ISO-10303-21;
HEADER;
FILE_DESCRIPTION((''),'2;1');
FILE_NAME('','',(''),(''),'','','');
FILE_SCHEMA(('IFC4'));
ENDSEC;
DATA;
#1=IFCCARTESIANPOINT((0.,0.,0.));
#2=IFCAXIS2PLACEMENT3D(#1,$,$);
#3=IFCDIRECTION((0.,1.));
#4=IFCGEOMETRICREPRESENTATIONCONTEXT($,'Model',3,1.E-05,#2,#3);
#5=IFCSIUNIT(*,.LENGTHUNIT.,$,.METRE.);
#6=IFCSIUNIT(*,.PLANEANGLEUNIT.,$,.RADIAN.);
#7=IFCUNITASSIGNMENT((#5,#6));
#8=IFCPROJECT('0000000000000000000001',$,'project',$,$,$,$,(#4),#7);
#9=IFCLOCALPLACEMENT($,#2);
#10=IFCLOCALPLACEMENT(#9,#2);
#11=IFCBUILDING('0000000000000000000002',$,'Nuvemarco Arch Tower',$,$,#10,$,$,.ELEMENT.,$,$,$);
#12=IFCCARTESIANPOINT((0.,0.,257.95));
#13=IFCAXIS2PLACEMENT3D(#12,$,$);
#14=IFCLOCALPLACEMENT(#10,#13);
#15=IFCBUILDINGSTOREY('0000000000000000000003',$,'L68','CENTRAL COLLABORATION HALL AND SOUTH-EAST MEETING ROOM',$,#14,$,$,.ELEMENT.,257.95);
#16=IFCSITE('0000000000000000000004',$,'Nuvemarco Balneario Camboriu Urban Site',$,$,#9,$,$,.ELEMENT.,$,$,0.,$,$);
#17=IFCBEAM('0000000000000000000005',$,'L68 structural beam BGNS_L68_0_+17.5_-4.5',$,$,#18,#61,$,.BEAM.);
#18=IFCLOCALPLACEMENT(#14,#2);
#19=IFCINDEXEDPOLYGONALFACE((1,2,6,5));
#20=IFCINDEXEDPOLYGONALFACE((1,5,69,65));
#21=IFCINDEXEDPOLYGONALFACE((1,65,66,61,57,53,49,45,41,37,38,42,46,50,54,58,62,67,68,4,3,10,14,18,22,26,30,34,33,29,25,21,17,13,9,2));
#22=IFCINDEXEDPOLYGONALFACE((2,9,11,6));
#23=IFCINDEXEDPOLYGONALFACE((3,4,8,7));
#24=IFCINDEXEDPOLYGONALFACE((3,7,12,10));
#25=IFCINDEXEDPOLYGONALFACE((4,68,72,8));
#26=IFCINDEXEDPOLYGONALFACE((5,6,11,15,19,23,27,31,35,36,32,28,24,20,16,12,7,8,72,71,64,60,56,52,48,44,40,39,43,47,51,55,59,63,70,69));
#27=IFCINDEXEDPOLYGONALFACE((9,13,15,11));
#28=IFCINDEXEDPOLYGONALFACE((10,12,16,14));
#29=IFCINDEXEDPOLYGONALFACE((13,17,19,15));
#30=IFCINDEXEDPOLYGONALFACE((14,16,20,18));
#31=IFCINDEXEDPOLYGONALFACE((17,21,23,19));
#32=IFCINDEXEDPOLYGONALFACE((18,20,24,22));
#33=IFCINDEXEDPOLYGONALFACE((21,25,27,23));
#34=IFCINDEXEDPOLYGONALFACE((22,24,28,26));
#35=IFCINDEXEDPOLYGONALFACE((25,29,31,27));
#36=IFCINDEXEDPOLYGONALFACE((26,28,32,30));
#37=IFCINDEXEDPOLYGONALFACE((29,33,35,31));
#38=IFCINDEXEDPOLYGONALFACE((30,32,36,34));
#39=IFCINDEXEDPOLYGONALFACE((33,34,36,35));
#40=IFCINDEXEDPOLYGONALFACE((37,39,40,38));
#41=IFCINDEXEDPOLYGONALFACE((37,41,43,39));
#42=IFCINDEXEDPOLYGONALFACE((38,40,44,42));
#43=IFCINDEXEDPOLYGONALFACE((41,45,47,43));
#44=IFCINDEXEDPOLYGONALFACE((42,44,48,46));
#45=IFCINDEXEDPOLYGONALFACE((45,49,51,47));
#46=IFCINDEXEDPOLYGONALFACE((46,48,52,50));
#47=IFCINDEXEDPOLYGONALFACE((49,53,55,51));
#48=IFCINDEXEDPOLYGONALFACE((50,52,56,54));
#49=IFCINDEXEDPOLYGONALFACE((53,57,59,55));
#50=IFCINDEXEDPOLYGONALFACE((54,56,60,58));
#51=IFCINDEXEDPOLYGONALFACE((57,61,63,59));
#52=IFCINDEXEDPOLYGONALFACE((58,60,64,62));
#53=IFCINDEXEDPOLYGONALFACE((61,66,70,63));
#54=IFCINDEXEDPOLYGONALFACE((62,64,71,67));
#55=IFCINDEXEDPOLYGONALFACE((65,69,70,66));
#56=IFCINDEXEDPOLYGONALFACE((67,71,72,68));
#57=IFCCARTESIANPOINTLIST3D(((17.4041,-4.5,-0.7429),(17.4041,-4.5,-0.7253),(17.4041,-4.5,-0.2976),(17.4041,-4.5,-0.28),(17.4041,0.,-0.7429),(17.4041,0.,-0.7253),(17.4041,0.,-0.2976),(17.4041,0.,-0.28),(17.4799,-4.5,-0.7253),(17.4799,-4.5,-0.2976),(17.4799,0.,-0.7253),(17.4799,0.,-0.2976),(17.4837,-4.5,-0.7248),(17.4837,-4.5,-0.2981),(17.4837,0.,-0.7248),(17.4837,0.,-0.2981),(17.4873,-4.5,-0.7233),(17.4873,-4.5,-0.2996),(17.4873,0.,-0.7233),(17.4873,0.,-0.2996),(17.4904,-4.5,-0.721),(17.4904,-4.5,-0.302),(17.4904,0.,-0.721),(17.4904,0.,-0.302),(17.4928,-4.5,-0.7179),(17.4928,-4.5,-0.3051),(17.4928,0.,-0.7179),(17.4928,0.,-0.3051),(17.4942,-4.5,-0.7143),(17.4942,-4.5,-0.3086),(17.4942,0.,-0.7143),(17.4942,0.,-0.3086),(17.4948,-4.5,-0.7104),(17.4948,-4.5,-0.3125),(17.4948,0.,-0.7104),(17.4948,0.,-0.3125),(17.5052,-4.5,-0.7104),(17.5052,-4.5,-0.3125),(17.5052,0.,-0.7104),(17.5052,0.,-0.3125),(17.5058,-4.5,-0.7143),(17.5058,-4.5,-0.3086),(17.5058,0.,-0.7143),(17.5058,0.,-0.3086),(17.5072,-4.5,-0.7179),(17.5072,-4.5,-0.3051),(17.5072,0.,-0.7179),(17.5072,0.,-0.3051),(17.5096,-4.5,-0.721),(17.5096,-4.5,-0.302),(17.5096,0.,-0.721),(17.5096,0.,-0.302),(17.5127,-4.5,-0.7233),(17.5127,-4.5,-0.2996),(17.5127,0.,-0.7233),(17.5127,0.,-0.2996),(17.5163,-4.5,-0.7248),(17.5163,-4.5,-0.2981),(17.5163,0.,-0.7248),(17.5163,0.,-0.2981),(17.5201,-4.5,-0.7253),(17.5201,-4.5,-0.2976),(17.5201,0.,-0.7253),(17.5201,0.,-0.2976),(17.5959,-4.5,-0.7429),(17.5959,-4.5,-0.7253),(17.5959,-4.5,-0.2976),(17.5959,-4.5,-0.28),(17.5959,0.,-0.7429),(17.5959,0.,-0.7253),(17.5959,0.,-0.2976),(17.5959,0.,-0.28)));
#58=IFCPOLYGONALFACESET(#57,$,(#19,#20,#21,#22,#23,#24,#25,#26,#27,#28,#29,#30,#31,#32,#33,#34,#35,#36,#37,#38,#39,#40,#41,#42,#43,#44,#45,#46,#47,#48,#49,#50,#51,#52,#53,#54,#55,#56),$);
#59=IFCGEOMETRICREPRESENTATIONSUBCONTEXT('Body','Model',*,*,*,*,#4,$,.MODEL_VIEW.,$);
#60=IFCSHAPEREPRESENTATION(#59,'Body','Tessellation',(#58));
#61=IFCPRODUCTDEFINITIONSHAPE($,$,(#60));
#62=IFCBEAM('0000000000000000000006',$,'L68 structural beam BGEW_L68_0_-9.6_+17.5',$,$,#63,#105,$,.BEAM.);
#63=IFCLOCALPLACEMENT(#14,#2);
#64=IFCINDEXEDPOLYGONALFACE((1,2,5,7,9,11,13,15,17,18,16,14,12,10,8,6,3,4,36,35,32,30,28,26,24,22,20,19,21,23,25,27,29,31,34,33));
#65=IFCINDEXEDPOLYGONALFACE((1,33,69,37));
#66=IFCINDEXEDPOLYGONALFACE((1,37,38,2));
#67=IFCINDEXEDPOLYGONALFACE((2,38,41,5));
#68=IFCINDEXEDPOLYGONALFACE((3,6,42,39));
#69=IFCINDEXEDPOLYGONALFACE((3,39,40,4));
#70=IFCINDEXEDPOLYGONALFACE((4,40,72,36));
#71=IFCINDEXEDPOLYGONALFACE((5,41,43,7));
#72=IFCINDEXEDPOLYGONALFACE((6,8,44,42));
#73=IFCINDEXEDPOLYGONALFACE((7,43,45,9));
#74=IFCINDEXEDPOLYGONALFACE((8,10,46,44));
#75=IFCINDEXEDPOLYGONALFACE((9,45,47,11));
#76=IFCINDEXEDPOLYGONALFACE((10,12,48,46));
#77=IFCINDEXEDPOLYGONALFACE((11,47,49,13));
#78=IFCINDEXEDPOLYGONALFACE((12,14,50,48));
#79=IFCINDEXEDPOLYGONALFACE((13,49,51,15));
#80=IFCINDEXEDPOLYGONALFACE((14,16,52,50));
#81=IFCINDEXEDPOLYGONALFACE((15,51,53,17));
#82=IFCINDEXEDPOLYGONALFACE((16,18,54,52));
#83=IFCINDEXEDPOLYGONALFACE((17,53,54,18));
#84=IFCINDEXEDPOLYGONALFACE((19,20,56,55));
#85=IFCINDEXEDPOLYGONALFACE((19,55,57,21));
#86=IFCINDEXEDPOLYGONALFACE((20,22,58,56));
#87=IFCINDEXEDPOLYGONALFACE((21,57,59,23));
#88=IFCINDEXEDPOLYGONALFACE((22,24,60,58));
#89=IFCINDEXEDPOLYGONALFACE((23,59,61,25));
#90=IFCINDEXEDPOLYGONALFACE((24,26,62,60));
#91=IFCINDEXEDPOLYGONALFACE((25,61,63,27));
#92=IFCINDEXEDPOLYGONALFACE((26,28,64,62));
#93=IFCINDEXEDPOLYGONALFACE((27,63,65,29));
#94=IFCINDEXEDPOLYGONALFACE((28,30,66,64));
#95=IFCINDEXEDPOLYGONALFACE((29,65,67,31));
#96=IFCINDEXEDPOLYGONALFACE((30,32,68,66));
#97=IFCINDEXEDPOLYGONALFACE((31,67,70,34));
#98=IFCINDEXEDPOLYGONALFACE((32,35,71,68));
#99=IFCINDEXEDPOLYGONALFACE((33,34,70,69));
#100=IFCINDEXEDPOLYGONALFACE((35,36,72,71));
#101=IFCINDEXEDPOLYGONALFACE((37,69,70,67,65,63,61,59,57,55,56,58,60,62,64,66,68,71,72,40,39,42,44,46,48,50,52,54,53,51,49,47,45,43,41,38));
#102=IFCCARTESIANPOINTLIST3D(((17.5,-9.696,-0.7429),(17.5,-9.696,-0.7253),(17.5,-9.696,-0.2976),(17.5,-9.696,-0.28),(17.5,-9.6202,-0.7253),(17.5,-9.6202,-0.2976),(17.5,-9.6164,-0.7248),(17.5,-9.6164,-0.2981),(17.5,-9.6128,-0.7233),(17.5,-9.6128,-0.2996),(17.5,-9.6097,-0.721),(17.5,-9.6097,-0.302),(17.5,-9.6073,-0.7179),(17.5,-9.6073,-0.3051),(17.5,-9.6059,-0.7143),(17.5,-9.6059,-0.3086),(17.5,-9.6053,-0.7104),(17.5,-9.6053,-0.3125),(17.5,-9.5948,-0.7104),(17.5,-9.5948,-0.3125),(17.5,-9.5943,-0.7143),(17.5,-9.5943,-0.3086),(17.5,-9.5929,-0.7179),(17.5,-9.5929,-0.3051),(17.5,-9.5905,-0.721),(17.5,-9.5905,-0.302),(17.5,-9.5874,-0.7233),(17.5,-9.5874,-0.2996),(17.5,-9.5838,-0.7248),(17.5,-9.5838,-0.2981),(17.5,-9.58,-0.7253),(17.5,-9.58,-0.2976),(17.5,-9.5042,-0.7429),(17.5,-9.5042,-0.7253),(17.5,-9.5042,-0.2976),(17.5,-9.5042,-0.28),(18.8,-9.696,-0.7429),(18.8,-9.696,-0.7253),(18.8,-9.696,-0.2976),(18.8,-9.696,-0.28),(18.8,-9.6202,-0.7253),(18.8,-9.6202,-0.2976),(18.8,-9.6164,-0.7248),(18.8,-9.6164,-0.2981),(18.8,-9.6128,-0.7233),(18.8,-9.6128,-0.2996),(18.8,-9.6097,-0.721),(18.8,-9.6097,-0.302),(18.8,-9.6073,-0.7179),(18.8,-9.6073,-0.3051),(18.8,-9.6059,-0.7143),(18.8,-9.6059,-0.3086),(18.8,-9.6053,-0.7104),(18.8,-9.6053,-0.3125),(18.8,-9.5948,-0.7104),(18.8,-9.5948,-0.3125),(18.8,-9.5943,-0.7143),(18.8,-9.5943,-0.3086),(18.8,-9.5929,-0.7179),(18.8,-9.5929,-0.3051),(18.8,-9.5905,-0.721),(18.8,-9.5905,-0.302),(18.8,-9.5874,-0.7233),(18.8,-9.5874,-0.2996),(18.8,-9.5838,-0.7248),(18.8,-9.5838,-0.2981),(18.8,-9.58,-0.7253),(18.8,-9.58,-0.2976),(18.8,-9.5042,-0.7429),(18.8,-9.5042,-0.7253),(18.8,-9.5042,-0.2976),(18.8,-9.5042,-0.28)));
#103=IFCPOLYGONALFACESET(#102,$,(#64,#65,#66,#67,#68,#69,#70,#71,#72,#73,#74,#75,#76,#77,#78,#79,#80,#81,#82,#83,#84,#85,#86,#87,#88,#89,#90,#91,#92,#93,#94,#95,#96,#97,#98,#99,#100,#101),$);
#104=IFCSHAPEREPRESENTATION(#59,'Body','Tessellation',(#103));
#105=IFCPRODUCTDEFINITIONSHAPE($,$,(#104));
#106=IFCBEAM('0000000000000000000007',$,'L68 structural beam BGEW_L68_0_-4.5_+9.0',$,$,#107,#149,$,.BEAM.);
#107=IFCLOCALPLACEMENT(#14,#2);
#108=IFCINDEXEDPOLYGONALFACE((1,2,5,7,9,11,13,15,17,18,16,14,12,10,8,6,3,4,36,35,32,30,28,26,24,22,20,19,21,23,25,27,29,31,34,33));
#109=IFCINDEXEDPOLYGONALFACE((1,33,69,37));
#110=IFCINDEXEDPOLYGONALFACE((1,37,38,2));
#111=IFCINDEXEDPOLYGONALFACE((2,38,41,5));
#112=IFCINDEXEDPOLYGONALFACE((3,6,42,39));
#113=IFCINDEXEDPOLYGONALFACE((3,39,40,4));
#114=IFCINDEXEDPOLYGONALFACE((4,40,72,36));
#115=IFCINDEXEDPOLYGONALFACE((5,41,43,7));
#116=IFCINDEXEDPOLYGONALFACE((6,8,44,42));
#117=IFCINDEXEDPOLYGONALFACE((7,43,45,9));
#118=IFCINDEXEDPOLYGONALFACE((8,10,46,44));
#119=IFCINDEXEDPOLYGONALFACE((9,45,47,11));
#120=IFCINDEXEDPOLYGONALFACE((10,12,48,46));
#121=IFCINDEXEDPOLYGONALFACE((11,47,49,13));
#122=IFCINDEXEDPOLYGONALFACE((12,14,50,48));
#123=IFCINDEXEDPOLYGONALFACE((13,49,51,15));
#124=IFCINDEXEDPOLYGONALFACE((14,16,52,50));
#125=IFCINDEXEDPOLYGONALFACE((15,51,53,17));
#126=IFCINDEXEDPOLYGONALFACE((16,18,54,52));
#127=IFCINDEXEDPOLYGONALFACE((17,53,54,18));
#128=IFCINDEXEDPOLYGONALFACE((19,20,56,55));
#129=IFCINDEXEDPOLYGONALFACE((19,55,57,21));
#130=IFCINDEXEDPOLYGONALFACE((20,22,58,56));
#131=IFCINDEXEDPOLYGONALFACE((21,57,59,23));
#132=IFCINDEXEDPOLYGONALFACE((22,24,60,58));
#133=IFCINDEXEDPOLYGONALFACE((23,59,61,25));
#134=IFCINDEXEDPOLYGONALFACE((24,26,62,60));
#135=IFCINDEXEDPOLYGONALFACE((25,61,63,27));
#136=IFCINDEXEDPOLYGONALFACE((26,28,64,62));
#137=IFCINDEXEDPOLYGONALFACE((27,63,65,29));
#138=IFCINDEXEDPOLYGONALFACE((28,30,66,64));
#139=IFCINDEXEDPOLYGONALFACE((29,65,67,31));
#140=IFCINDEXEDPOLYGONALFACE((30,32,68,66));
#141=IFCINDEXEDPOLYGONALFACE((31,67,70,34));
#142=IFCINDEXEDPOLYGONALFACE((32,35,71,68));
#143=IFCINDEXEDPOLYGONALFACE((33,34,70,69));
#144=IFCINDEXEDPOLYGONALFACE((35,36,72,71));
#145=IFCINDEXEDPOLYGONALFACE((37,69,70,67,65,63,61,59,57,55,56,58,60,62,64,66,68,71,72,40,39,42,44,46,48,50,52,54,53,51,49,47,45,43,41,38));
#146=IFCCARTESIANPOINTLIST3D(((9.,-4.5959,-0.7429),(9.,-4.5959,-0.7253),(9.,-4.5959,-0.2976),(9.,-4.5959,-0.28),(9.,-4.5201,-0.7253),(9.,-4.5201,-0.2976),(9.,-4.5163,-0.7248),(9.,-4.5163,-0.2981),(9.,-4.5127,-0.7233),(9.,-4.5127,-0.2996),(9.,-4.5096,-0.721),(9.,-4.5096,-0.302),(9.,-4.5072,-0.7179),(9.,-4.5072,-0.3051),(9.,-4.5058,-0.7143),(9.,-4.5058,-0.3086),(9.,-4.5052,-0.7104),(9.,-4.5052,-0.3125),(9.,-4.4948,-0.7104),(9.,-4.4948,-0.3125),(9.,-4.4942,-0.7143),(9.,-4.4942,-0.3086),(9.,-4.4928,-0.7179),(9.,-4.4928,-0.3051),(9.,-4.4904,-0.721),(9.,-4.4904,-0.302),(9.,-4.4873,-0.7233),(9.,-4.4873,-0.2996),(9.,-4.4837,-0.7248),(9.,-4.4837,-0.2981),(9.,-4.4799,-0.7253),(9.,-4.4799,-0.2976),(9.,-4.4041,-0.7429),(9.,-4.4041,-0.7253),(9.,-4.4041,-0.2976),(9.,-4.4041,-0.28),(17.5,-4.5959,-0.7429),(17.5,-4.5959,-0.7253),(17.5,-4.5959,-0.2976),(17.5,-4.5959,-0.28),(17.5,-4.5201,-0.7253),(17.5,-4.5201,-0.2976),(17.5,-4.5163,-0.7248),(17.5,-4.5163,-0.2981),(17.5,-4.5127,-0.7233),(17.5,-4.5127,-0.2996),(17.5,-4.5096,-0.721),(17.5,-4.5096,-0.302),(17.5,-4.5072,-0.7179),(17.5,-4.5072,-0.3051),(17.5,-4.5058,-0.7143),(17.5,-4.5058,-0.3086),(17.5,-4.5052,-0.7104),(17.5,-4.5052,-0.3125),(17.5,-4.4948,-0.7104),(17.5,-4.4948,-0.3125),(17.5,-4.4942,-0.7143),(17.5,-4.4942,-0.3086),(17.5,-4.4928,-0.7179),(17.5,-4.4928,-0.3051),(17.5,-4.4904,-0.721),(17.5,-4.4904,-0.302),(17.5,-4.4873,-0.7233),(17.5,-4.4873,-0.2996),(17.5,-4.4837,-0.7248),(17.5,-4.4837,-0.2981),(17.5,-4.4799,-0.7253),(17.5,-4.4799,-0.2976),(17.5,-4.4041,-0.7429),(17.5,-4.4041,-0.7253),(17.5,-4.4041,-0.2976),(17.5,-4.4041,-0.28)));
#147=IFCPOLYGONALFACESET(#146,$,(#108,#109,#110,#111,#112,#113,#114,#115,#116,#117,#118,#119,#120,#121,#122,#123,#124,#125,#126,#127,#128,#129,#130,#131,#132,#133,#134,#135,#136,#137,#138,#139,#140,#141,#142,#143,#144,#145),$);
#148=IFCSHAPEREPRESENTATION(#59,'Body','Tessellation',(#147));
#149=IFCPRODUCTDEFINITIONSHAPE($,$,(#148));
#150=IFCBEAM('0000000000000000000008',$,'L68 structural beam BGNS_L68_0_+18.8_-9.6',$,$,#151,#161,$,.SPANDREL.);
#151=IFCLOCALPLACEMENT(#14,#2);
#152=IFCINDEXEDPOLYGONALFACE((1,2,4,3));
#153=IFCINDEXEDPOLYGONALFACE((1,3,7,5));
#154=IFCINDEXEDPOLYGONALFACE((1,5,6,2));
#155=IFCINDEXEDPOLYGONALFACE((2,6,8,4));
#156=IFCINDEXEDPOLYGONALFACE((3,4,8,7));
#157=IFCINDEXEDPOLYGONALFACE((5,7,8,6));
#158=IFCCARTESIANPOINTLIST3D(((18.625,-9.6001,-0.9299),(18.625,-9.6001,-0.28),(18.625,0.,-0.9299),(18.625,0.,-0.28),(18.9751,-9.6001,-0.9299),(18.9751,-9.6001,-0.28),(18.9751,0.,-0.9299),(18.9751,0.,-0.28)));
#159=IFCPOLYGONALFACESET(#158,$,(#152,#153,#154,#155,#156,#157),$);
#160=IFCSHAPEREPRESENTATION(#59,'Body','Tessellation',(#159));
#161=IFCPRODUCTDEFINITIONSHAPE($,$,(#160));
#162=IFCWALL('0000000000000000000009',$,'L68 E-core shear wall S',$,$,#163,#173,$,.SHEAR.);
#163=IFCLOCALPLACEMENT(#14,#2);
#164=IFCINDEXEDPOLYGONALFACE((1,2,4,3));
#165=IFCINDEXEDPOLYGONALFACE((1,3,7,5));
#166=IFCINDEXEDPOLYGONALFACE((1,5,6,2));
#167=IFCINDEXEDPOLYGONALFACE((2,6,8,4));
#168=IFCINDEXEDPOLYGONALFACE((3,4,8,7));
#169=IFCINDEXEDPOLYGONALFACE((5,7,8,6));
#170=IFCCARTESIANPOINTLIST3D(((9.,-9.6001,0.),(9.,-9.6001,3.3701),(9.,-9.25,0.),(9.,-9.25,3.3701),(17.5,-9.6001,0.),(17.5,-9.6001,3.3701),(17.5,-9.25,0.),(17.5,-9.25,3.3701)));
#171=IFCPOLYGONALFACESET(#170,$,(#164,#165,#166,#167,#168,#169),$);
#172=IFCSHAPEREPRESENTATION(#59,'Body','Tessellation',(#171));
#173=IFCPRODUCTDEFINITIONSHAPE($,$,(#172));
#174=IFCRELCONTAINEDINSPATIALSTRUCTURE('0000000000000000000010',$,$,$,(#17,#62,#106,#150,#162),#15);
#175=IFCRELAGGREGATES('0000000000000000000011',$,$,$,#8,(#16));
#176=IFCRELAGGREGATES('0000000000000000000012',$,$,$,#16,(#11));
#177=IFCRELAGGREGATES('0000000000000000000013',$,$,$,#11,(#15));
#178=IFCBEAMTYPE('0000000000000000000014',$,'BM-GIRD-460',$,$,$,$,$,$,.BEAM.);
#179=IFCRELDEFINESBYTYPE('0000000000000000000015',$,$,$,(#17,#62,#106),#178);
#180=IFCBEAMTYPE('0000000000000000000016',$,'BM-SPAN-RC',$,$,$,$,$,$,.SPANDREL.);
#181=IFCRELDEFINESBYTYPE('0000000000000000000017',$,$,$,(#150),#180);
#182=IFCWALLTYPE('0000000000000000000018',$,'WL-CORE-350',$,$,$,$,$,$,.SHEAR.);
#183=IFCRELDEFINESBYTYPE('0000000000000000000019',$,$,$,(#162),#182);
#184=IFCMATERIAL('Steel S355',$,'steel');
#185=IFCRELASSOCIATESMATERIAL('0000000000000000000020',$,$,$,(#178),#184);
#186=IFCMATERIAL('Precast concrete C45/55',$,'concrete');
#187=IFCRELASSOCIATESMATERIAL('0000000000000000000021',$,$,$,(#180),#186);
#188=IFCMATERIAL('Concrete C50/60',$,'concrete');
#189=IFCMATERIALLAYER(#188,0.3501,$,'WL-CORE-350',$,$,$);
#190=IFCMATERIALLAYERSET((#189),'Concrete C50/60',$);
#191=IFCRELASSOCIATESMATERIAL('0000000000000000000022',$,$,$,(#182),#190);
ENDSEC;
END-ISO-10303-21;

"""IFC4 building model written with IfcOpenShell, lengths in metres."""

from ifc_helpers import new_model, si_unit, direction, frame, frame_2d, origin, origin_2d, place, context, subcontext, project, spatial, rectangle, i_section, extrude, material, layer, layer_set, material_profile, profile_set, type_object, element, save


model = new_model("IFC4")

# Units and contexts
model_context = context("Model", 3, precision=1e-05, world=origin(), true_north=direction((0.0, 1.0)))
body_context = subcontext(model_context, "Body", "Model", "MODEL_VIEW")
ifc_project = project(units=[si_unit("LENGTHUNIT", "METRE"), si_unit("PLANEANGLEUNIT", "RADIAN")], contexts=[model_context])

# Site, building, storey
site_placement = place(None, origin())
site = spatial("IfcSite", under=ifc_project, at=site_placement, Name="Nuvemarco Balneario Camboriu Urban Site", CompositionType="ELEMENT", RefElevation=0.0)
building_placement = place(site_placement, origin())
building = spatial("IfcBuilding", under=site, at=building_placement, Name="Nuvemarco Arch Tower", CompositionType="ELEMENT")
storey_placement = place(building_placement, frame((0.0, 0.0, 257.95)))
storey = spatial("IfcBuildingStorey", under=building, at=storey_placement, Name="L68", Description="CENTRAL COLLABORATION HALL AND SOUTH-EAST MEETING ROOM", CompositionType="ELEMENT", Elevation=257.95)

# Shared definitions
ifc_material_1 = material(Name="Concrete C50/60", Category="concrete")
ifc_material_2 = material(Name="Steel S355", Category="steel")

# Beams
ifc_material_profile_1 = material_profile(ifc_material_2, i_section(OverallWidth=0.1919, OverallDepth=0.4629, WebThickness=0.0105, FlangeThickness=0.0176, FilletRadius=0.0149, at=origin_2d()), Name="W460x89")
ifc_profile_set_1 = profile_set([ifc_material_profile_1], Name="Steel S355")
beam_type_1 = type_object("IfcBeamType", Name="BM-GIRD-460", PredefinedType="BEAM", material=ifc_profile_set_1)
beam_1_placement = place(storey_placement, frame((17.5, -4.5, -0.5115), z_axis=(0.0, 1.0, 0.0), x_axis=(-1.0, 0.0, 0.0)))
element("IfcBeam", 1, at=beam_1_placement, inside=storey, type_object=beam_type_1, Name="L68 structural beam BGNS_L68_0_+17.5_-4.5", PredefinedType="BEAM", context=body_context, shape_type="SweptSolid", body=[
    extrude(i_section(OverallWidth=0.1919, OverallDepth=0.4629, WebThickness=0.0105, FlangeThickness=0.0176, FilletRadius=0.0149, at=origin_2d()), origin(), (0.0, 0.0, 1.0), 4.5),
])
beam_2_placement = place(storey_placement, frame((17.5, -9.6001, -0.5115), z_axis=(1.0, 0.0, 0.0), x_axis=(0.0, 1.0, 0.0)))
element("IfcBeam", 2, at=beam_2_placement, inside=storey, type_object=beam_type_1, Name="L68 structural beam BGEW_L68_0_-9.6_+17.5", PredefinedType="BEAM", context=body_context, shape_type="SweptSolid", body=[
    extrude(i_section(OverallWidth=0.1919, OverallDepth=0.4629, WebThickness=0.0105, FlangeThickness=0.0176, FilletRadius=0.0149, at=origin_2d()), origin(), (0.0, 0.0, 1.0), 1.3),
])
beam_3_placement = place(storey_placement, frame((9.0, -4.5, -0.5115), z_axis=(1.0, 0.0, 0.0), x_axis=(0.0, 1.0, 0.0)))
element("IfcBeam", 3, at=beam_3_placement, inside=storey, type_object=beam_type_1, Name="L68 structural beam BGEW_L68_0_-4.5_+9.0", PredefinedType="BEAM", context=body_context, shape_type="SweptSolid", body=[
    extrude(i_section(OverallWidth=0.1919, OverallDepth=0.4629, WebThickness=0.0105, FlangeThickness=0.0176, FilletRadius=0.0149, at=origin_2d()), origin(), (0.0, 0.0, 1.0), 8.5),
])
ifc_material_3 = material(Name="Precast concrete C45/55", Category="concrete")
ifc_material_profile_2 = material_profile(ifc_material_3, rectangle(XDim=0.3501, YDim=0.6499, at=origin_2d()), Name="PC-SP-350x650")
ifc_profile_set_2 = profile_set([ifc_material_profile_2], Name="Precast concrete C45/55")
beam_type_2 = type_object("IfcBeamType", Name="BM-SPAN-RC", PredefinedType="SPANDREL", material=ifc_profile_set_2)
beam_4_placement = place(storey_placement, frame((18.8, -9.6001, -0.605), z_axis=(0.0, 1.0, 0.0), x_axis=(-1.0, 0.0, 0.0)))
element("IfcBeam", 4, at=beam_4_placement, inside=storey, type_object=beam_type_2, Name="L68 structural beam BGNS_L68_0_+18.8_-9.6", PredefinedType="SPANDREL", context=body_context, shape_type="SweptSolid", body=[
    extrude(rectangle(XDim=0.3501, YDim=0.6499, at=origin_2d()), origin(), (0.0, 0.0, 1.0), 9.6001),
])

# Wall
ifc_layer_1 = layer(ifc_material_1, 0.3501, Name="WL-CORE-350")
ifc_layer_set_1 = layer_set([ifc_layer_1], Name="Concrete C50/60")
wall_type_1 = type_object("IfcWallType", Name="WL-CORE-350", PredefinedType="SHEAR", material=ifc_layer_set_1)
wall_1_placement = place(storey_placement, frame((9.0, -9.425, 0.0), z_axis=(0.0, 0.0, 1.0), x_axis=(1.0, 0.0, 0.0)))
element("IfcWall", 5, at=wall_1_placement, inside=storey, type_object=wall_type_1, Name="L68 E-core shear wall S", PredefinedType="SHEAR", context=body_context, shape_type="SweptSolid", body=[
    extrude(rectangle(XDim=8.5, YDim=0.3501, at=frame_2d((4.25, 0.0))), origin(), (0.0, 0.0, 1.0), 3.3701),
])

save(model, "model.ifc")
